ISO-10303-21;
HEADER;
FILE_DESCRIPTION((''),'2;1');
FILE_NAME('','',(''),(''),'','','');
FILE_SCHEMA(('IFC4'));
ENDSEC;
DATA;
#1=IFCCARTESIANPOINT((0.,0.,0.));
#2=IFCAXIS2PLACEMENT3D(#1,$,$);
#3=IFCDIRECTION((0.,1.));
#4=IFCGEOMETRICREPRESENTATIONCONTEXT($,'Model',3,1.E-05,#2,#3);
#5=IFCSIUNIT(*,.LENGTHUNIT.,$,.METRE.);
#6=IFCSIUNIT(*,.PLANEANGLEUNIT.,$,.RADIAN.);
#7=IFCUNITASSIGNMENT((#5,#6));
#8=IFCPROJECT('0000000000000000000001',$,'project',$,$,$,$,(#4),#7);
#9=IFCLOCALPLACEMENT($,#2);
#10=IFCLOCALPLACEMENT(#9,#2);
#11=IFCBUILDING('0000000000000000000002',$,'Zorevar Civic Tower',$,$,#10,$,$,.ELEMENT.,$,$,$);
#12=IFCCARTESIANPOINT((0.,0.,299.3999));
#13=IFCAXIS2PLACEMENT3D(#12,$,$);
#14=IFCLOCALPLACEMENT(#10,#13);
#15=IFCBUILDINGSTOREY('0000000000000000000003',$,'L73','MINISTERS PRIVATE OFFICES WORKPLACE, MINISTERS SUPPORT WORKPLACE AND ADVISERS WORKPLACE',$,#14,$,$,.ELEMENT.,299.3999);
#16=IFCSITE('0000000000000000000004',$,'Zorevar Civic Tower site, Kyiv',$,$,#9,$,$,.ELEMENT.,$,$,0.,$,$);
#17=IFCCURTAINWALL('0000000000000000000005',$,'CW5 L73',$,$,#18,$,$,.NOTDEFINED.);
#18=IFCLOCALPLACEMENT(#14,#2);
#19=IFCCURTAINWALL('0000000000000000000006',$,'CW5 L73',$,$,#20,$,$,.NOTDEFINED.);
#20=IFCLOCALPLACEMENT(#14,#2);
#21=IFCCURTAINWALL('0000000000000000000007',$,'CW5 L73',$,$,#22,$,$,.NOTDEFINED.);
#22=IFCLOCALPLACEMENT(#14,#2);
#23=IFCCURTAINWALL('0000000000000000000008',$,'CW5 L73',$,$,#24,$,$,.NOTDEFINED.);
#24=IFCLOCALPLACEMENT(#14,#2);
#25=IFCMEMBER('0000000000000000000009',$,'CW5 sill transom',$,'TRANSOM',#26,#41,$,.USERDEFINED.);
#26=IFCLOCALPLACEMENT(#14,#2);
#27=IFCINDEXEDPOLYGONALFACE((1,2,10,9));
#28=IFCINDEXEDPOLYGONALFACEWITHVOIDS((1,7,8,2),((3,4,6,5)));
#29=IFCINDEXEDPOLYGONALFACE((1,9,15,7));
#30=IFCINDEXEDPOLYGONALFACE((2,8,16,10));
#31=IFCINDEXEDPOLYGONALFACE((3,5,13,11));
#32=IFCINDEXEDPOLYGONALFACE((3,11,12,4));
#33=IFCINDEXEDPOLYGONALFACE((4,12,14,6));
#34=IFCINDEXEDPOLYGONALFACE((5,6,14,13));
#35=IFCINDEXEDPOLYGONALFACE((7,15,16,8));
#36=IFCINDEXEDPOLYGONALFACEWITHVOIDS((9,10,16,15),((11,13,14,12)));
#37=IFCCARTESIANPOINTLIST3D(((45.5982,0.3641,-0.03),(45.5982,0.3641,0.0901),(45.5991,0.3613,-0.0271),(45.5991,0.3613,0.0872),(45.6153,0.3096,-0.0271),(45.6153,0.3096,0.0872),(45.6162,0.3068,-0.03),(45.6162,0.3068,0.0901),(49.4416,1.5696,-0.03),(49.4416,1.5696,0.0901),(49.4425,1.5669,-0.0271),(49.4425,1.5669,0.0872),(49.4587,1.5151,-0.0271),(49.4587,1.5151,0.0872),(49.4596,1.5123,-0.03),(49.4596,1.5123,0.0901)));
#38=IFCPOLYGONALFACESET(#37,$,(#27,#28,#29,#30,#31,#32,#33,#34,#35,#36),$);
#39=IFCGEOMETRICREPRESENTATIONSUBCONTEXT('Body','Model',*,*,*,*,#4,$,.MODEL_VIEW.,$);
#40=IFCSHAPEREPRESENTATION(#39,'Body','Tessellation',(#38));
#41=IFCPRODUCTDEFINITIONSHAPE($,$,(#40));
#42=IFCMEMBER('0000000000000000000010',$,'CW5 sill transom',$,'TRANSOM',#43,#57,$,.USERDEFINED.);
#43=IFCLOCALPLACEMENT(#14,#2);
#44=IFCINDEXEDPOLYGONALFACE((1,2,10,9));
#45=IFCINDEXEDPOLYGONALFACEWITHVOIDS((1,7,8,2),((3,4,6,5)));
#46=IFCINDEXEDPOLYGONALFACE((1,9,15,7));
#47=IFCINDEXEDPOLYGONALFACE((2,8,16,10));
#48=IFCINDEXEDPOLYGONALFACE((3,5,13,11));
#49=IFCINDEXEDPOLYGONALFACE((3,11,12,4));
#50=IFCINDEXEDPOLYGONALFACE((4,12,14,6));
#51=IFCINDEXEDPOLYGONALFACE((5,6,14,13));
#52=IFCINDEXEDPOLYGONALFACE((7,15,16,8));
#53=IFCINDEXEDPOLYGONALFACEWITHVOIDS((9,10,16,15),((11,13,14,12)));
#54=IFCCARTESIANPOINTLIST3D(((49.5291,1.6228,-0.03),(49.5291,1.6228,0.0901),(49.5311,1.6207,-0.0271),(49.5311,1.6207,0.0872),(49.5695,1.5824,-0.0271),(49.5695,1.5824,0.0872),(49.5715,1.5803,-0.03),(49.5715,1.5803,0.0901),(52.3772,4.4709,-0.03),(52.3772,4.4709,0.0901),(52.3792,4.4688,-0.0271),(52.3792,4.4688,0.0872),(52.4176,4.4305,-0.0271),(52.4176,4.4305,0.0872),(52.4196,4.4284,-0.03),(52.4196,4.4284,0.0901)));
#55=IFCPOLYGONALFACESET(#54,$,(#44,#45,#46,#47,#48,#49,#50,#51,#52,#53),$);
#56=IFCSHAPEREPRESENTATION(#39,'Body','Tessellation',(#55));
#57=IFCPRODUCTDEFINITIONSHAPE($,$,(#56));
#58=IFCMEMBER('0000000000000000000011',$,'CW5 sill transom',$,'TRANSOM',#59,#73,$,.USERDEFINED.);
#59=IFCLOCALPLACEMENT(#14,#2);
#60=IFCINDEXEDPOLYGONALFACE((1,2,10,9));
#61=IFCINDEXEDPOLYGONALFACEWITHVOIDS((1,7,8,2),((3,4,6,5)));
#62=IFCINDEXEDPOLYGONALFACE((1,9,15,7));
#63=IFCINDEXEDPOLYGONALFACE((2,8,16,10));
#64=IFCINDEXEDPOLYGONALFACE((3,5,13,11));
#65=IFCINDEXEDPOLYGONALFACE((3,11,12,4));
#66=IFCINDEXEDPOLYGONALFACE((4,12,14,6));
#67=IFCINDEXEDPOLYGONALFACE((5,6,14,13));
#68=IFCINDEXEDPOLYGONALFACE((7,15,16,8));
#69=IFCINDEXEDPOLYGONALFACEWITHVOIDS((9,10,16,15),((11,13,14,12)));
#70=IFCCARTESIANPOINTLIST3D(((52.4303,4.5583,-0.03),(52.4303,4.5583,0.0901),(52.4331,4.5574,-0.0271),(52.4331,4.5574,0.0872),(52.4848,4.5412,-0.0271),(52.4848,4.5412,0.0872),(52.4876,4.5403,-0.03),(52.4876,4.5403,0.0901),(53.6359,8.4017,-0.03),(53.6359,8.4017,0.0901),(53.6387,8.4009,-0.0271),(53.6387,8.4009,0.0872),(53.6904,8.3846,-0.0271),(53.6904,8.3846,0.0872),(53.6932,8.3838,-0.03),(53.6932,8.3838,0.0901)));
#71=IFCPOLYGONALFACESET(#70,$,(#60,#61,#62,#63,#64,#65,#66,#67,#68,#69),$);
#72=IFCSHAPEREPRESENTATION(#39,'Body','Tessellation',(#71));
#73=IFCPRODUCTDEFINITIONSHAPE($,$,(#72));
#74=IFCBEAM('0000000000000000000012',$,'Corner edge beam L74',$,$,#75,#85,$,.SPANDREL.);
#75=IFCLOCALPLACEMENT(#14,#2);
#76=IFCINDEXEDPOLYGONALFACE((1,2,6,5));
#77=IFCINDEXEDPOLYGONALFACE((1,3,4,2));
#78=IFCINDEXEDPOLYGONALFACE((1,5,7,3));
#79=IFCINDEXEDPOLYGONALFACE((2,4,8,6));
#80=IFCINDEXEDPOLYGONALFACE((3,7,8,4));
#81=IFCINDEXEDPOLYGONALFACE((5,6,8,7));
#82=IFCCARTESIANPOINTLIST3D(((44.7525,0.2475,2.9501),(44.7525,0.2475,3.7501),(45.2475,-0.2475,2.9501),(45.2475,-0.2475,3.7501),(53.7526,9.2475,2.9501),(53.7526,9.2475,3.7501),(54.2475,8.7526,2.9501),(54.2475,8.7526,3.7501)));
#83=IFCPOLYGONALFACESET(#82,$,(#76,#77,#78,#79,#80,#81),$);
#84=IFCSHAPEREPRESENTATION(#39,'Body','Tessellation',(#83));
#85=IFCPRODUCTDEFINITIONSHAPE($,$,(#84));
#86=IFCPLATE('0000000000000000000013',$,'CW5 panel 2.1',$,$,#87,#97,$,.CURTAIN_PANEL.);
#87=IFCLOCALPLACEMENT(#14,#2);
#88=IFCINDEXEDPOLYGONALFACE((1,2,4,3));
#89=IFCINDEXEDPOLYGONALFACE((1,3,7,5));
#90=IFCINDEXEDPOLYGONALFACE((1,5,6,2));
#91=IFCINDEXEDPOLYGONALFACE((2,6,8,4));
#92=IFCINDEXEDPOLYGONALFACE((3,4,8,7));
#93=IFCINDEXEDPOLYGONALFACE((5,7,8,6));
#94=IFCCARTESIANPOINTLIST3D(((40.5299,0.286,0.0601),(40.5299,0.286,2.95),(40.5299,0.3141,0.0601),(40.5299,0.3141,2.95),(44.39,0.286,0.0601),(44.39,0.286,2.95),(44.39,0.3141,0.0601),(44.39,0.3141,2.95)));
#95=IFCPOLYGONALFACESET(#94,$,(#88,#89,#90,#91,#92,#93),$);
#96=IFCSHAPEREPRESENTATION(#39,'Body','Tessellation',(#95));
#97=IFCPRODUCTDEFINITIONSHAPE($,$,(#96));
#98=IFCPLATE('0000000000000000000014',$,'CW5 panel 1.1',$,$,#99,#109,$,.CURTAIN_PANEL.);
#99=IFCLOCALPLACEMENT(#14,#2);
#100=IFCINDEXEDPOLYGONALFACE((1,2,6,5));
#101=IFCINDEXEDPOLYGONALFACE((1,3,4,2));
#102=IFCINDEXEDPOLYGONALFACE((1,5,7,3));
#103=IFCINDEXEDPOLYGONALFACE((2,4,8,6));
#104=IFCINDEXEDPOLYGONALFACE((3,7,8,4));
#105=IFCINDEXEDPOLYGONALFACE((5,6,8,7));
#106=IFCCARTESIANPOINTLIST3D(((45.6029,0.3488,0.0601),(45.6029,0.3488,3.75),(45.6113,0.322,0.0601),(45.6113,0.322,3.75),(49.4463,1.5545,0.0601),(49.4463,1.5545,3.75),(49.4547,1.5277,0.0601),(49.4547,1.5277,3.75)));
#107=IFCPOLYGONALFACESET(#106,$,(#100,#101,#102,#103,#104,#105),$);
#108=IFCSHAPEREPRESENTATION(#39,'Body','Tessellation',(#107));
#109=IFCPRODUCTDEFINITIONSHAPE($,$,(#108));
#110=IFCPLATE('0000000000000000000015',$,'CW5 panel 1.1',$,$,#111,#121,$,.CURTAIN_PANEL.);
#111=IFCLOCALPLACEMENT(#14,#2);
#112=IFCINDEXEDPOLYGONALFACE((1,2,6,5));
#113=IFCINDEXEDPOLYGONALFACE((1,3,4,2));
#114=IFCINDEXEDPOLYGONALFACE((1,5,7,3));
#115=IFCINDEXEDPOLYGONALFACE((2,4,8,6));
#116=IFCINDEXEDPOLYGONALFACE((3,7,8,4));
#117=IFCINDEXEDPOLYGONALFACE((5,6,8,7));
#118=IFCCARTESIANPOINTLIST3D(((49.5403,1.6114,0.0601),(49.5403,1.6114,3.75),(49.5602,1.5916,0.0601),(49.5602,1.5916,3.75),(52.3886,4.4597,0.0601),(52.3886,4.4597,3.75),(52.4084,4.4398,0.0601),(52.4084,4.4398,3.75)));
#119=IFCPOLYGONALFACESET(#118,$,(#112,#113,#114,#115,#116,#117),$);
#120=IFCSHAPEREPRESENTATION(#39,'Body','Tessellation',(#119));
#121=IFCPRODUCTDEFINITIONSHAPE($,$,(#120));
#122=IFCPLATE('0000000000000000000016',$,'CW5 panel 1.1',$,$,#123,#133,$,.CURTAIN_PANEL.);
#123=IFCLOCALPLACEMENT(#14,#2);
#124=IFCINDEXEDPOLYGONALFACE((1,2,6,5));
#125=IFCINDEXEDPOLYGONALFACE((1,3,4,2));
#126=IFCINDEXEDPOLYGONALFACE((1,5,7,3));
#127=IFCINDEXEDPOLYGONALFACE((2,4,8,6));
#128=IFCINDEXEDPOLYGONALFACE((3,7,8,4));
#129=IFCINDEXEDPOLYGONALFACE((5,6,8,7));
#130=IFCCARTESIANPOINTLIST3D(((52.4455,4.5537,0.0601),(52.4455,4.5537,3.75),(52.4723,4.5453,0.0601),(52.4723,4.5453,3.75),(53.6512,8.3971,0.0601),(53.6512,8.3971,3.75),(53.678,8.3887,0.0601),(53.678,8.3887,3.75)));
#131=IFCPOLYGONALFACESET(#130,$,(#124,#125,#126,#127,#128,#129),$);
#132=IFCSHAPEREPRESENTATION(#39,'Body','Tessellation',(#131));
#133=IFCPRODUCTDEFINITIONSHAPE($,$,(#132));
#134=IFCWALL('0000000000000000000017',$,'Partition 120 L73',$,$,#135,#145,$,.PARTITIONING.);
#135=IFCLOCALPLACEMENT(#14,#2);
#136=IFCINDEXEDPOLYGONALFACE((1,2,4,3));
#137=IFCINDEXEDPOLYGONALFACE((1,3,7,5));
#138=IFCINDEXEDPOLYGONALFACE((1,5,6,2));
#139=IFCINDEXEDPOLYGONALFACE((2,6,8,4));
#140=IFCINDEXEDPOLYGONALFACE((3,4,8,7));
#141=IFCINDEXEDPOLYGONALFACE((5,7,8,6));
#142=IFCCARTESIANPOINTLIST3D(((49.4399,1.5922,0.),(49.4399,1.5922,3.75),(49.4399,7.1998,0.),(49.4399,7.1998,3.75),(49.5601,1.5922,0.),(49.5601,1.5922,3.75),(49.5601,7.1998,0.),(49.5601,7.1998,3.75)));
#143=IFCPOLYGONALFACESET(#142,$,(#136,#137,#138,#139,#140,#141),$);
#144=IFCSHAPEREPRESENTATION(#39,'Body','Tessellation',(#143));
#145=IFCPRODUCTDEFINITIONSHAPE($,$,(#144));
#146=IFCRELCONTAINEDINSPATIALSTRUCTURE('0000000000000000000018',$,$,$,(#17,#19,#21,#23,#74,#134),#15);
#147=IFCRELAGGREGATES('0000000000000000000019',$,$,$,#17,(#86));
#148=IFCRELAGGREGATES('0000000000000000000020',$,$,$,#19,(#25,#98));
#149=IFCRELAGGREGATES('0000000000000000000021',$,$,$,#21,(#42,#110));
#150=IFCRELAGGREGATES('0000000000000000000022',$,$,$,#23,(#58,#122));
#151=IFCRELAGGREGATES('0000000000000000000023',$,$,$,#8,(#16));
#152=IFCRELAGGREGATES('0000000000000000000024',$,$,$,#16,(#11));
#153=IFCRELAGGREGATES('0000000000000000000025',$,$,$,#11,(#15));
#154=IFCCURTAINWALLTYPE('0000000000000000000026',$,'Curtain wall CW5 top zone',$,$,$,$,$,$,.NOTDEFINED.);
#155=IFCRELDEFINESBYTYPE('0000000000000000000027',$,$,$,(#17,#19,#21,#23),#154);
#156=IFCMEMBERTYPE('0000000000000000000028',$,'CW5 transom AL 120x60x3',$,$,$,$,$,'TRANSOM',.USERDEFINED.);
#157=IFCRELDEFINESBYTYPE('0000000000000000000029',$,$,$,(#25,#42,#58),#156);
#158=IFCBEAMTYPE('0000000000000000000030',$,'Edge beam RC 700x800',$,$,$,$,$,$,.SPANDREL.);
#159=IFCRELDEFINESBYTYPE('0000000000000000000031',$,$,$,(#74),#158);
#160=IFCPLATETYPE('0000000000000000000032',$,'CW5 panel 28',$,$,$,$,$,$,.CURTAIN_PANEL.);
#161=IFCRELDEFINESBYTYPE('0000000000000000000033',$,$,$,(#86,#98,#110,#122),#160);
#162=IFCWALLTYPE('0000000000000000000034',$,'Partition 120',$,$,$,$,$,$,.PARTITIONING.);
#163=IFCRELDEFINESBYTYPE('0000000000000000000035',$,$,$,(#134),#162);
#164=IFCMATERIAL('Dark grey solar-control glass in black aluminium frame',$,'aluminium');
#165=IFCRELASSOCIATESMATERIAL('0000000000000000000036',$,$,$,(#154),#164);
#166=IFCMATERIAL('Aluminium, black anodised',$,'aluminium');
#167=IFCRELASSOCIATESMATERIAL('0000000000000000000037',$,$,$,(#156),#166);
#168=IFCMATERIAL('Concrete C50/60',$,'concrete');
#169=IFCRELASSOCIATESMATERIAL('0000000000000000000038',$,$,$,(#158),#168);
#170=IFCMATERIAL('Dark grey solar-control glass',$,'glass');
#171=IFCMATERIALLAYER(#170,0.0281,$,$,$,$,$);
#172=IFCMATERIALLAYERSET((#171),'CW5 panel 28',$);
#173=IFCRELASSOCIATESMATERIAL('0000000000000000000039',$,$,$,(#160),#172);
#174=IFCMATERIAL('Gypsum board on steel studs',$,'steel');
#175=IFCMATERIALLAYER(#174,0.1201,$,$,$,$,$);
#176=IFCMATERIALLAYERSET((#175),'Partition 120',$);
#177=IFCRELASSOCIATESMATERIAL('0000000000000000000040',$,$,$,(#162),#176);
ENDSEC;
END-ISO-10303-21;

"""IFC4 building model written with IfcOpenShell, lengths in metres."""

from ifc_helpers import new_model, si_unit, direction, frame, frame_2d, origin, origin_2d, place, context, subcontext, project, spatial, rectangle, hollow_rectangle, extrude, material, layer, layer_set, material_profile, profile_set, type_object, element, aggregate, save


model = new_model("IFC4")

# Units and contexts
model_context = context("Model", 3, precision=1e-05, world=origin(), true_north=direction((0.0, 1.0)))
body_context = subcontext(model_context, "Body", "Model", "MODEL_VIEW")
ifc_project = project(units=[si_unit("LENGTHUNIT", "METRE"), si_unit("PLANEANGLEUNIT", "RADIAN")], contexts=[model_context])

# Site, building, storey
site_placement = place(None, origin())
site = spatial("IfcSite", under=ifc_project, at=site_placement, Name="Zorevar Civic Tower site, Kyiv", CompositionType="ELEMENT", RefElevation=0.0)
building_placement = place(site_placement, origin())
building = spatial("IfcBuilding", under=site, at=building_placement, Name="Zorevar Civic Tower", CompositionType="ELEMENT")
storey_placement = place(building_placement, frame((0.0, 0.0, 299.3999)))
storey = spatial("IfcBuildingStorey", under=building, at=storey_placement, Name="L73", Description="MINISTERS PRIVATE OFFICES WORKPLACE, MINISTERS SUPPORT WORKPLACE AND ADVISERS WORKPLACE", CompositionType="ELEMENT", Elevation=299.3999)

# Curtain wall
ifc_material_1 = material(Name="Dark grey solar-control glass in black aluminium frame", Category="aluminium")
curtain_wall_type = type_object("IfcCurtainWallType", Name="Curtain wall CW5 top zone", PredefinedType="NOTDEFINED", material=ifc_material_1)
curtain_wall_1_placement = place(storey_placement, origin())
curtain_wall_1 = element("IfcCurtainWall", 1, at=curtain_wall_1_placement, inside=storey, type_object=curtain_wall_type, Name="CW5 L73", PredefinedType="NOTDEFINED")

# Curtain walls
curtain_wall_2_placement = place(storey_placement, origin())
curtain_wall_2 = element("IfcCurtainWall", 2, at=curtain_wall_2_placement, inside=storey, type_object=curtain_wall_type, Name="CW5 L73", PredefinedType="NOTDEFINED")
curtain_wall_3_placement = place(storey_placement, origin())
curtain_wall_3 = element("IfcCurtainWall", 3, at=curtain_wall_3_placement, inside=storey, type_object=curtain_wall_type, Name="CW5 L73", PredefinedType="NOTDEFINED")
curtain_wall_4_placement = place(storey_placement, origin())
curtain_wall_4 = element("IfcCurtainWall", 4, at=curtain_wall_4_placement, inside=storey, type_object=curtain_wall_type, Name="CW5 L73", PredefinedType="NOTDEFINED")

# Members
ifc_material_2 = material(Name="Aluminium, black anodised", Category="aluminium")
ifc_material_profile_1 = material_profile(ifc_material_2, hollow_rectangle(XDim=0.0601, YDim=0.1201, WallThickness=0.0029, at=origin_2d()), Name="AL 120x60x3")
ifc_profile_set_1 = profile_set([ifc_material_profile_1], Name="Aluminium, black anodised")
member_type_1 = type_object("IfcMemberType", Name="CW5 transom AL 120x60x3", ElementType="TRANSOM", PredefinedType="USERDEFINED", material=ifc_profile_set_1)
member_1_placement = place(storey_placement, frame((45.6072, 0.3354, 0.03), z_axis=(0.954163, 0.299286, 0.0), x_axis=(-0.299286, 0.954163, 0.0)))
member_1 = element("IfcMember", 5, at=member_1_placement, type_object=member_type_1, Name="CW5 sill transom", ObjectType="TRANSOM", PredefinedType="USERDEFINED", context=body_context, shape_type="SweptSolid", body=[
    extrude(hollow_rectangle(XDim=0.0601, YDim=0.1201, WallThickness=0.0029, at=origin_2d()), origin(), (0.0, 0.0, 1.0), 4.0281),
])
member_2_placement = place(storey_placement, frame((49.5503, 1.6016, 0.03), z_axis=(0.707107, 0.707107, 0.0), x_axis=(-0.707107, 0.707107, 0.0)))
member_2 = element("IfcMember", 6, at=member_2_placement, type_object=member_type_1, Name="CW5 sill transom", ObjectType="TRANSOM", PredefinedType="USERDEFINED", context=body_context, shape_type="SweptSolid", body=[
    extrude(hollow_rectangle(XDim=0.0601, YDim=0.1201, WallThickness=0.0029, at=origin_2d()), origin(), (0.0, 0.0, 1.0), 4.0278),
])
member_3_placement = place(storey_placement, frame((52.459, 4.5493, 0.03), z_axis=(0.299286, 0.954163, 0.0), x_axis=(-0.954163, 0.299286, 0.0)))
member_3 = element("IfcMember", 7, at=member_3_placement, type_object=member_type_1, Name="CW5 sill transom", ObjectType="TRANSOM", PredefinedType="USERDEFINED", context=body_context, shape_type="SweptSolid", body=[
    extrude(hollow_rectangle(XDim=0.0601, YDim=0.1201, WallThickness=0.0029, at=origin_2d()), origin(), (0.0, 0.0, 1.0), 4.0281),
])

# Beam
ifc_material_3 = material(Name="Concrete C50/60", Category="concrete")
ifc_material_profile_2 = material_profile(ifc_material_3, rectangle(XDim=0.7, YDim=0.8, at=origin_2d()), Name="RC 700x800")
ifc_profile_set_2 = profile_set([ifc_material_profile_2], Name="Concrete C50/60")
beam_type_1 = type_object("IfcBeamType", Name="Edge beam RC 700x800", PredefinedType="SPANDREL", material=ifc_profile_set_2)
beam_1_placement = place(storey_placement, frame((45.0, 0.0, 3.3501), z_axis=(0.707107, 0.707107, 0.0), x_axis=(-0.707107, 0.707107, 0.0)))
element("IfcBeam", 8, at=beam_1_placement, inside=storey, type_object=beam_type_1, Name="Corner edge beam L74", PredefinedType="SPANDREL", context=body_context, shape_type="SweptSolid", body=[
    extrude(rectangle(XDim=0.7, YDim=0.8, at=origin_2d()), origin(), (0.0, 0.0, 1.0), 12.728),
])

# Plates
ifc_material_4 = material(Name="Dark grey solar-control glass", Category="glass")
ifc_layer_1 = layer(ifc_material_4, 0.0281)
ifc_layer_set_1 = layer_set([ifc_layer_1], Name="CW5 panel 28")
plate_type = type_object("IfcPlateType", Name="CW5 panel 28", PredefinedType="CURTAIN_PANEL", material=ifc_layer_set_1)
plate_1_placement = place(storey_placement, frame((42.46, 0.3, 0.0601), z_axis=(0.0, 0.0, 1.0), x_axis=(1.0, 0.0, 0.0)))
plate_1 = element("IfcPlate", 9, at=plate_1_placement, type_object=plate_type, Name="CW5 panel 2.1", PredefinedType="CURTAIN_PANEL", context=body_context, shape_type="SweptSolid", body=[
    extrude(rectangle(XDim=3.8601, YDim=0.0281, at=origin_2d()), origin(), (0.0, 0.0, 1.0), 2.8899),
])
aggregate(curtain_wall_1, [plate_1])
plate_2_placement = place(storey_placement, frame((47.5288, 0.9382, 0.0601), z_axis=(0.0, 0.0, 1.0), x_axis=(0.954153, 0.299318, 0.0)))
plate_2 = element("IfcPlate", 10, at=plate_2_placement, type_object=plate_type, Name="CW5 panel 1.1", PredefinedType="CURTAIN_PANEL", context=body_context, shape_type="SweptSolid", body=[
    extrude(rectangle(XDim=4.0281, YDim=0.0281, at=origin_2d()), origin(), (0.0, 0.0, 1.0), 3.6899),
])
aggregate(curtain_wall_2, [member_1, plate_2])
plate_3_placement = place(storey_placement, frame((50.9744, 3.0256, 0.0601), z_axis=(0.0, 0.0, 1.0), x_axis=(0.707107, 0.707107, 0.0)))
plate_3 = element("IfcPlate", 11, at=plate_3_placement, type_object=plate_type, Name="CW5 panel 1.1", PredefinedType="CURTAIN_PANEL", context=body_context, shape_type="SweptSolid", body=[
    extrude(rectangle(XDim=4.0281, YDim=0.0281, at=origin_2d()), origin(), (0.0, 0.0, 1.0), 3.6899),
])
aggregate(curtain_wall_3, [member_2, plate_3])
plate_4_placement = place(storey_placement, frame((53.0618, 6.4712, 0.0601), z_axis=(0.0, 0.0, 1.0), x_axis=(0.299318, 0.954153, 0.0)))
plate_4 = element("IfcPlate", 12, at=plate_4_placement, type_object=plate_type, Name="CW5 panel 1.1", PredefinedType="CURTAIN_PANEL", context=body_context, shape_type="SweptSolid", body=[
    extrude(rectangle(XDim=4.0281, YDim=0.0281, at=origin_2d()), origin(), (0.0, 0.0, 1.0), 3.6899),
])
aggregate(curtain_wall_4, [member_3, plate_4])

# Wall
ifc_material_5 = material(Name="Gypsum board on steel studs", Category="steel")
ifc_layer_2 = layer(ifc_material_5, 0.1201)
ifc_layer_set_2 = layer_set([ifc_layer_2], Name="Partition 120")
wall_type = type_object("IfcWallType", Name="Partition 120", PredefinedType="PARTITIONING", material=ifc_layer_set_2)
wall_placement = place(storey_placement, frame((49.5, 1.5923, 0.0), z_axis=(0.0, 0.0, 1.0), x_axis=(0.0, 1.0, 0.0)))
element("IfcWall", 13, at=wall_placement, inside=storey, type_object=wall_type, Name="Partition 120 L73", PredefinedType="PARTITIONING", context=body_context, shape_type="SweptSolid", body=[
    extrude(rectangle(XDim=5.6077, YDim=0.1201, at=frame_2d((2.8037, 0.0))), origin(), (0.0, 0.0, 1.0), 3.75),
])

save(model, "model.ifc")
